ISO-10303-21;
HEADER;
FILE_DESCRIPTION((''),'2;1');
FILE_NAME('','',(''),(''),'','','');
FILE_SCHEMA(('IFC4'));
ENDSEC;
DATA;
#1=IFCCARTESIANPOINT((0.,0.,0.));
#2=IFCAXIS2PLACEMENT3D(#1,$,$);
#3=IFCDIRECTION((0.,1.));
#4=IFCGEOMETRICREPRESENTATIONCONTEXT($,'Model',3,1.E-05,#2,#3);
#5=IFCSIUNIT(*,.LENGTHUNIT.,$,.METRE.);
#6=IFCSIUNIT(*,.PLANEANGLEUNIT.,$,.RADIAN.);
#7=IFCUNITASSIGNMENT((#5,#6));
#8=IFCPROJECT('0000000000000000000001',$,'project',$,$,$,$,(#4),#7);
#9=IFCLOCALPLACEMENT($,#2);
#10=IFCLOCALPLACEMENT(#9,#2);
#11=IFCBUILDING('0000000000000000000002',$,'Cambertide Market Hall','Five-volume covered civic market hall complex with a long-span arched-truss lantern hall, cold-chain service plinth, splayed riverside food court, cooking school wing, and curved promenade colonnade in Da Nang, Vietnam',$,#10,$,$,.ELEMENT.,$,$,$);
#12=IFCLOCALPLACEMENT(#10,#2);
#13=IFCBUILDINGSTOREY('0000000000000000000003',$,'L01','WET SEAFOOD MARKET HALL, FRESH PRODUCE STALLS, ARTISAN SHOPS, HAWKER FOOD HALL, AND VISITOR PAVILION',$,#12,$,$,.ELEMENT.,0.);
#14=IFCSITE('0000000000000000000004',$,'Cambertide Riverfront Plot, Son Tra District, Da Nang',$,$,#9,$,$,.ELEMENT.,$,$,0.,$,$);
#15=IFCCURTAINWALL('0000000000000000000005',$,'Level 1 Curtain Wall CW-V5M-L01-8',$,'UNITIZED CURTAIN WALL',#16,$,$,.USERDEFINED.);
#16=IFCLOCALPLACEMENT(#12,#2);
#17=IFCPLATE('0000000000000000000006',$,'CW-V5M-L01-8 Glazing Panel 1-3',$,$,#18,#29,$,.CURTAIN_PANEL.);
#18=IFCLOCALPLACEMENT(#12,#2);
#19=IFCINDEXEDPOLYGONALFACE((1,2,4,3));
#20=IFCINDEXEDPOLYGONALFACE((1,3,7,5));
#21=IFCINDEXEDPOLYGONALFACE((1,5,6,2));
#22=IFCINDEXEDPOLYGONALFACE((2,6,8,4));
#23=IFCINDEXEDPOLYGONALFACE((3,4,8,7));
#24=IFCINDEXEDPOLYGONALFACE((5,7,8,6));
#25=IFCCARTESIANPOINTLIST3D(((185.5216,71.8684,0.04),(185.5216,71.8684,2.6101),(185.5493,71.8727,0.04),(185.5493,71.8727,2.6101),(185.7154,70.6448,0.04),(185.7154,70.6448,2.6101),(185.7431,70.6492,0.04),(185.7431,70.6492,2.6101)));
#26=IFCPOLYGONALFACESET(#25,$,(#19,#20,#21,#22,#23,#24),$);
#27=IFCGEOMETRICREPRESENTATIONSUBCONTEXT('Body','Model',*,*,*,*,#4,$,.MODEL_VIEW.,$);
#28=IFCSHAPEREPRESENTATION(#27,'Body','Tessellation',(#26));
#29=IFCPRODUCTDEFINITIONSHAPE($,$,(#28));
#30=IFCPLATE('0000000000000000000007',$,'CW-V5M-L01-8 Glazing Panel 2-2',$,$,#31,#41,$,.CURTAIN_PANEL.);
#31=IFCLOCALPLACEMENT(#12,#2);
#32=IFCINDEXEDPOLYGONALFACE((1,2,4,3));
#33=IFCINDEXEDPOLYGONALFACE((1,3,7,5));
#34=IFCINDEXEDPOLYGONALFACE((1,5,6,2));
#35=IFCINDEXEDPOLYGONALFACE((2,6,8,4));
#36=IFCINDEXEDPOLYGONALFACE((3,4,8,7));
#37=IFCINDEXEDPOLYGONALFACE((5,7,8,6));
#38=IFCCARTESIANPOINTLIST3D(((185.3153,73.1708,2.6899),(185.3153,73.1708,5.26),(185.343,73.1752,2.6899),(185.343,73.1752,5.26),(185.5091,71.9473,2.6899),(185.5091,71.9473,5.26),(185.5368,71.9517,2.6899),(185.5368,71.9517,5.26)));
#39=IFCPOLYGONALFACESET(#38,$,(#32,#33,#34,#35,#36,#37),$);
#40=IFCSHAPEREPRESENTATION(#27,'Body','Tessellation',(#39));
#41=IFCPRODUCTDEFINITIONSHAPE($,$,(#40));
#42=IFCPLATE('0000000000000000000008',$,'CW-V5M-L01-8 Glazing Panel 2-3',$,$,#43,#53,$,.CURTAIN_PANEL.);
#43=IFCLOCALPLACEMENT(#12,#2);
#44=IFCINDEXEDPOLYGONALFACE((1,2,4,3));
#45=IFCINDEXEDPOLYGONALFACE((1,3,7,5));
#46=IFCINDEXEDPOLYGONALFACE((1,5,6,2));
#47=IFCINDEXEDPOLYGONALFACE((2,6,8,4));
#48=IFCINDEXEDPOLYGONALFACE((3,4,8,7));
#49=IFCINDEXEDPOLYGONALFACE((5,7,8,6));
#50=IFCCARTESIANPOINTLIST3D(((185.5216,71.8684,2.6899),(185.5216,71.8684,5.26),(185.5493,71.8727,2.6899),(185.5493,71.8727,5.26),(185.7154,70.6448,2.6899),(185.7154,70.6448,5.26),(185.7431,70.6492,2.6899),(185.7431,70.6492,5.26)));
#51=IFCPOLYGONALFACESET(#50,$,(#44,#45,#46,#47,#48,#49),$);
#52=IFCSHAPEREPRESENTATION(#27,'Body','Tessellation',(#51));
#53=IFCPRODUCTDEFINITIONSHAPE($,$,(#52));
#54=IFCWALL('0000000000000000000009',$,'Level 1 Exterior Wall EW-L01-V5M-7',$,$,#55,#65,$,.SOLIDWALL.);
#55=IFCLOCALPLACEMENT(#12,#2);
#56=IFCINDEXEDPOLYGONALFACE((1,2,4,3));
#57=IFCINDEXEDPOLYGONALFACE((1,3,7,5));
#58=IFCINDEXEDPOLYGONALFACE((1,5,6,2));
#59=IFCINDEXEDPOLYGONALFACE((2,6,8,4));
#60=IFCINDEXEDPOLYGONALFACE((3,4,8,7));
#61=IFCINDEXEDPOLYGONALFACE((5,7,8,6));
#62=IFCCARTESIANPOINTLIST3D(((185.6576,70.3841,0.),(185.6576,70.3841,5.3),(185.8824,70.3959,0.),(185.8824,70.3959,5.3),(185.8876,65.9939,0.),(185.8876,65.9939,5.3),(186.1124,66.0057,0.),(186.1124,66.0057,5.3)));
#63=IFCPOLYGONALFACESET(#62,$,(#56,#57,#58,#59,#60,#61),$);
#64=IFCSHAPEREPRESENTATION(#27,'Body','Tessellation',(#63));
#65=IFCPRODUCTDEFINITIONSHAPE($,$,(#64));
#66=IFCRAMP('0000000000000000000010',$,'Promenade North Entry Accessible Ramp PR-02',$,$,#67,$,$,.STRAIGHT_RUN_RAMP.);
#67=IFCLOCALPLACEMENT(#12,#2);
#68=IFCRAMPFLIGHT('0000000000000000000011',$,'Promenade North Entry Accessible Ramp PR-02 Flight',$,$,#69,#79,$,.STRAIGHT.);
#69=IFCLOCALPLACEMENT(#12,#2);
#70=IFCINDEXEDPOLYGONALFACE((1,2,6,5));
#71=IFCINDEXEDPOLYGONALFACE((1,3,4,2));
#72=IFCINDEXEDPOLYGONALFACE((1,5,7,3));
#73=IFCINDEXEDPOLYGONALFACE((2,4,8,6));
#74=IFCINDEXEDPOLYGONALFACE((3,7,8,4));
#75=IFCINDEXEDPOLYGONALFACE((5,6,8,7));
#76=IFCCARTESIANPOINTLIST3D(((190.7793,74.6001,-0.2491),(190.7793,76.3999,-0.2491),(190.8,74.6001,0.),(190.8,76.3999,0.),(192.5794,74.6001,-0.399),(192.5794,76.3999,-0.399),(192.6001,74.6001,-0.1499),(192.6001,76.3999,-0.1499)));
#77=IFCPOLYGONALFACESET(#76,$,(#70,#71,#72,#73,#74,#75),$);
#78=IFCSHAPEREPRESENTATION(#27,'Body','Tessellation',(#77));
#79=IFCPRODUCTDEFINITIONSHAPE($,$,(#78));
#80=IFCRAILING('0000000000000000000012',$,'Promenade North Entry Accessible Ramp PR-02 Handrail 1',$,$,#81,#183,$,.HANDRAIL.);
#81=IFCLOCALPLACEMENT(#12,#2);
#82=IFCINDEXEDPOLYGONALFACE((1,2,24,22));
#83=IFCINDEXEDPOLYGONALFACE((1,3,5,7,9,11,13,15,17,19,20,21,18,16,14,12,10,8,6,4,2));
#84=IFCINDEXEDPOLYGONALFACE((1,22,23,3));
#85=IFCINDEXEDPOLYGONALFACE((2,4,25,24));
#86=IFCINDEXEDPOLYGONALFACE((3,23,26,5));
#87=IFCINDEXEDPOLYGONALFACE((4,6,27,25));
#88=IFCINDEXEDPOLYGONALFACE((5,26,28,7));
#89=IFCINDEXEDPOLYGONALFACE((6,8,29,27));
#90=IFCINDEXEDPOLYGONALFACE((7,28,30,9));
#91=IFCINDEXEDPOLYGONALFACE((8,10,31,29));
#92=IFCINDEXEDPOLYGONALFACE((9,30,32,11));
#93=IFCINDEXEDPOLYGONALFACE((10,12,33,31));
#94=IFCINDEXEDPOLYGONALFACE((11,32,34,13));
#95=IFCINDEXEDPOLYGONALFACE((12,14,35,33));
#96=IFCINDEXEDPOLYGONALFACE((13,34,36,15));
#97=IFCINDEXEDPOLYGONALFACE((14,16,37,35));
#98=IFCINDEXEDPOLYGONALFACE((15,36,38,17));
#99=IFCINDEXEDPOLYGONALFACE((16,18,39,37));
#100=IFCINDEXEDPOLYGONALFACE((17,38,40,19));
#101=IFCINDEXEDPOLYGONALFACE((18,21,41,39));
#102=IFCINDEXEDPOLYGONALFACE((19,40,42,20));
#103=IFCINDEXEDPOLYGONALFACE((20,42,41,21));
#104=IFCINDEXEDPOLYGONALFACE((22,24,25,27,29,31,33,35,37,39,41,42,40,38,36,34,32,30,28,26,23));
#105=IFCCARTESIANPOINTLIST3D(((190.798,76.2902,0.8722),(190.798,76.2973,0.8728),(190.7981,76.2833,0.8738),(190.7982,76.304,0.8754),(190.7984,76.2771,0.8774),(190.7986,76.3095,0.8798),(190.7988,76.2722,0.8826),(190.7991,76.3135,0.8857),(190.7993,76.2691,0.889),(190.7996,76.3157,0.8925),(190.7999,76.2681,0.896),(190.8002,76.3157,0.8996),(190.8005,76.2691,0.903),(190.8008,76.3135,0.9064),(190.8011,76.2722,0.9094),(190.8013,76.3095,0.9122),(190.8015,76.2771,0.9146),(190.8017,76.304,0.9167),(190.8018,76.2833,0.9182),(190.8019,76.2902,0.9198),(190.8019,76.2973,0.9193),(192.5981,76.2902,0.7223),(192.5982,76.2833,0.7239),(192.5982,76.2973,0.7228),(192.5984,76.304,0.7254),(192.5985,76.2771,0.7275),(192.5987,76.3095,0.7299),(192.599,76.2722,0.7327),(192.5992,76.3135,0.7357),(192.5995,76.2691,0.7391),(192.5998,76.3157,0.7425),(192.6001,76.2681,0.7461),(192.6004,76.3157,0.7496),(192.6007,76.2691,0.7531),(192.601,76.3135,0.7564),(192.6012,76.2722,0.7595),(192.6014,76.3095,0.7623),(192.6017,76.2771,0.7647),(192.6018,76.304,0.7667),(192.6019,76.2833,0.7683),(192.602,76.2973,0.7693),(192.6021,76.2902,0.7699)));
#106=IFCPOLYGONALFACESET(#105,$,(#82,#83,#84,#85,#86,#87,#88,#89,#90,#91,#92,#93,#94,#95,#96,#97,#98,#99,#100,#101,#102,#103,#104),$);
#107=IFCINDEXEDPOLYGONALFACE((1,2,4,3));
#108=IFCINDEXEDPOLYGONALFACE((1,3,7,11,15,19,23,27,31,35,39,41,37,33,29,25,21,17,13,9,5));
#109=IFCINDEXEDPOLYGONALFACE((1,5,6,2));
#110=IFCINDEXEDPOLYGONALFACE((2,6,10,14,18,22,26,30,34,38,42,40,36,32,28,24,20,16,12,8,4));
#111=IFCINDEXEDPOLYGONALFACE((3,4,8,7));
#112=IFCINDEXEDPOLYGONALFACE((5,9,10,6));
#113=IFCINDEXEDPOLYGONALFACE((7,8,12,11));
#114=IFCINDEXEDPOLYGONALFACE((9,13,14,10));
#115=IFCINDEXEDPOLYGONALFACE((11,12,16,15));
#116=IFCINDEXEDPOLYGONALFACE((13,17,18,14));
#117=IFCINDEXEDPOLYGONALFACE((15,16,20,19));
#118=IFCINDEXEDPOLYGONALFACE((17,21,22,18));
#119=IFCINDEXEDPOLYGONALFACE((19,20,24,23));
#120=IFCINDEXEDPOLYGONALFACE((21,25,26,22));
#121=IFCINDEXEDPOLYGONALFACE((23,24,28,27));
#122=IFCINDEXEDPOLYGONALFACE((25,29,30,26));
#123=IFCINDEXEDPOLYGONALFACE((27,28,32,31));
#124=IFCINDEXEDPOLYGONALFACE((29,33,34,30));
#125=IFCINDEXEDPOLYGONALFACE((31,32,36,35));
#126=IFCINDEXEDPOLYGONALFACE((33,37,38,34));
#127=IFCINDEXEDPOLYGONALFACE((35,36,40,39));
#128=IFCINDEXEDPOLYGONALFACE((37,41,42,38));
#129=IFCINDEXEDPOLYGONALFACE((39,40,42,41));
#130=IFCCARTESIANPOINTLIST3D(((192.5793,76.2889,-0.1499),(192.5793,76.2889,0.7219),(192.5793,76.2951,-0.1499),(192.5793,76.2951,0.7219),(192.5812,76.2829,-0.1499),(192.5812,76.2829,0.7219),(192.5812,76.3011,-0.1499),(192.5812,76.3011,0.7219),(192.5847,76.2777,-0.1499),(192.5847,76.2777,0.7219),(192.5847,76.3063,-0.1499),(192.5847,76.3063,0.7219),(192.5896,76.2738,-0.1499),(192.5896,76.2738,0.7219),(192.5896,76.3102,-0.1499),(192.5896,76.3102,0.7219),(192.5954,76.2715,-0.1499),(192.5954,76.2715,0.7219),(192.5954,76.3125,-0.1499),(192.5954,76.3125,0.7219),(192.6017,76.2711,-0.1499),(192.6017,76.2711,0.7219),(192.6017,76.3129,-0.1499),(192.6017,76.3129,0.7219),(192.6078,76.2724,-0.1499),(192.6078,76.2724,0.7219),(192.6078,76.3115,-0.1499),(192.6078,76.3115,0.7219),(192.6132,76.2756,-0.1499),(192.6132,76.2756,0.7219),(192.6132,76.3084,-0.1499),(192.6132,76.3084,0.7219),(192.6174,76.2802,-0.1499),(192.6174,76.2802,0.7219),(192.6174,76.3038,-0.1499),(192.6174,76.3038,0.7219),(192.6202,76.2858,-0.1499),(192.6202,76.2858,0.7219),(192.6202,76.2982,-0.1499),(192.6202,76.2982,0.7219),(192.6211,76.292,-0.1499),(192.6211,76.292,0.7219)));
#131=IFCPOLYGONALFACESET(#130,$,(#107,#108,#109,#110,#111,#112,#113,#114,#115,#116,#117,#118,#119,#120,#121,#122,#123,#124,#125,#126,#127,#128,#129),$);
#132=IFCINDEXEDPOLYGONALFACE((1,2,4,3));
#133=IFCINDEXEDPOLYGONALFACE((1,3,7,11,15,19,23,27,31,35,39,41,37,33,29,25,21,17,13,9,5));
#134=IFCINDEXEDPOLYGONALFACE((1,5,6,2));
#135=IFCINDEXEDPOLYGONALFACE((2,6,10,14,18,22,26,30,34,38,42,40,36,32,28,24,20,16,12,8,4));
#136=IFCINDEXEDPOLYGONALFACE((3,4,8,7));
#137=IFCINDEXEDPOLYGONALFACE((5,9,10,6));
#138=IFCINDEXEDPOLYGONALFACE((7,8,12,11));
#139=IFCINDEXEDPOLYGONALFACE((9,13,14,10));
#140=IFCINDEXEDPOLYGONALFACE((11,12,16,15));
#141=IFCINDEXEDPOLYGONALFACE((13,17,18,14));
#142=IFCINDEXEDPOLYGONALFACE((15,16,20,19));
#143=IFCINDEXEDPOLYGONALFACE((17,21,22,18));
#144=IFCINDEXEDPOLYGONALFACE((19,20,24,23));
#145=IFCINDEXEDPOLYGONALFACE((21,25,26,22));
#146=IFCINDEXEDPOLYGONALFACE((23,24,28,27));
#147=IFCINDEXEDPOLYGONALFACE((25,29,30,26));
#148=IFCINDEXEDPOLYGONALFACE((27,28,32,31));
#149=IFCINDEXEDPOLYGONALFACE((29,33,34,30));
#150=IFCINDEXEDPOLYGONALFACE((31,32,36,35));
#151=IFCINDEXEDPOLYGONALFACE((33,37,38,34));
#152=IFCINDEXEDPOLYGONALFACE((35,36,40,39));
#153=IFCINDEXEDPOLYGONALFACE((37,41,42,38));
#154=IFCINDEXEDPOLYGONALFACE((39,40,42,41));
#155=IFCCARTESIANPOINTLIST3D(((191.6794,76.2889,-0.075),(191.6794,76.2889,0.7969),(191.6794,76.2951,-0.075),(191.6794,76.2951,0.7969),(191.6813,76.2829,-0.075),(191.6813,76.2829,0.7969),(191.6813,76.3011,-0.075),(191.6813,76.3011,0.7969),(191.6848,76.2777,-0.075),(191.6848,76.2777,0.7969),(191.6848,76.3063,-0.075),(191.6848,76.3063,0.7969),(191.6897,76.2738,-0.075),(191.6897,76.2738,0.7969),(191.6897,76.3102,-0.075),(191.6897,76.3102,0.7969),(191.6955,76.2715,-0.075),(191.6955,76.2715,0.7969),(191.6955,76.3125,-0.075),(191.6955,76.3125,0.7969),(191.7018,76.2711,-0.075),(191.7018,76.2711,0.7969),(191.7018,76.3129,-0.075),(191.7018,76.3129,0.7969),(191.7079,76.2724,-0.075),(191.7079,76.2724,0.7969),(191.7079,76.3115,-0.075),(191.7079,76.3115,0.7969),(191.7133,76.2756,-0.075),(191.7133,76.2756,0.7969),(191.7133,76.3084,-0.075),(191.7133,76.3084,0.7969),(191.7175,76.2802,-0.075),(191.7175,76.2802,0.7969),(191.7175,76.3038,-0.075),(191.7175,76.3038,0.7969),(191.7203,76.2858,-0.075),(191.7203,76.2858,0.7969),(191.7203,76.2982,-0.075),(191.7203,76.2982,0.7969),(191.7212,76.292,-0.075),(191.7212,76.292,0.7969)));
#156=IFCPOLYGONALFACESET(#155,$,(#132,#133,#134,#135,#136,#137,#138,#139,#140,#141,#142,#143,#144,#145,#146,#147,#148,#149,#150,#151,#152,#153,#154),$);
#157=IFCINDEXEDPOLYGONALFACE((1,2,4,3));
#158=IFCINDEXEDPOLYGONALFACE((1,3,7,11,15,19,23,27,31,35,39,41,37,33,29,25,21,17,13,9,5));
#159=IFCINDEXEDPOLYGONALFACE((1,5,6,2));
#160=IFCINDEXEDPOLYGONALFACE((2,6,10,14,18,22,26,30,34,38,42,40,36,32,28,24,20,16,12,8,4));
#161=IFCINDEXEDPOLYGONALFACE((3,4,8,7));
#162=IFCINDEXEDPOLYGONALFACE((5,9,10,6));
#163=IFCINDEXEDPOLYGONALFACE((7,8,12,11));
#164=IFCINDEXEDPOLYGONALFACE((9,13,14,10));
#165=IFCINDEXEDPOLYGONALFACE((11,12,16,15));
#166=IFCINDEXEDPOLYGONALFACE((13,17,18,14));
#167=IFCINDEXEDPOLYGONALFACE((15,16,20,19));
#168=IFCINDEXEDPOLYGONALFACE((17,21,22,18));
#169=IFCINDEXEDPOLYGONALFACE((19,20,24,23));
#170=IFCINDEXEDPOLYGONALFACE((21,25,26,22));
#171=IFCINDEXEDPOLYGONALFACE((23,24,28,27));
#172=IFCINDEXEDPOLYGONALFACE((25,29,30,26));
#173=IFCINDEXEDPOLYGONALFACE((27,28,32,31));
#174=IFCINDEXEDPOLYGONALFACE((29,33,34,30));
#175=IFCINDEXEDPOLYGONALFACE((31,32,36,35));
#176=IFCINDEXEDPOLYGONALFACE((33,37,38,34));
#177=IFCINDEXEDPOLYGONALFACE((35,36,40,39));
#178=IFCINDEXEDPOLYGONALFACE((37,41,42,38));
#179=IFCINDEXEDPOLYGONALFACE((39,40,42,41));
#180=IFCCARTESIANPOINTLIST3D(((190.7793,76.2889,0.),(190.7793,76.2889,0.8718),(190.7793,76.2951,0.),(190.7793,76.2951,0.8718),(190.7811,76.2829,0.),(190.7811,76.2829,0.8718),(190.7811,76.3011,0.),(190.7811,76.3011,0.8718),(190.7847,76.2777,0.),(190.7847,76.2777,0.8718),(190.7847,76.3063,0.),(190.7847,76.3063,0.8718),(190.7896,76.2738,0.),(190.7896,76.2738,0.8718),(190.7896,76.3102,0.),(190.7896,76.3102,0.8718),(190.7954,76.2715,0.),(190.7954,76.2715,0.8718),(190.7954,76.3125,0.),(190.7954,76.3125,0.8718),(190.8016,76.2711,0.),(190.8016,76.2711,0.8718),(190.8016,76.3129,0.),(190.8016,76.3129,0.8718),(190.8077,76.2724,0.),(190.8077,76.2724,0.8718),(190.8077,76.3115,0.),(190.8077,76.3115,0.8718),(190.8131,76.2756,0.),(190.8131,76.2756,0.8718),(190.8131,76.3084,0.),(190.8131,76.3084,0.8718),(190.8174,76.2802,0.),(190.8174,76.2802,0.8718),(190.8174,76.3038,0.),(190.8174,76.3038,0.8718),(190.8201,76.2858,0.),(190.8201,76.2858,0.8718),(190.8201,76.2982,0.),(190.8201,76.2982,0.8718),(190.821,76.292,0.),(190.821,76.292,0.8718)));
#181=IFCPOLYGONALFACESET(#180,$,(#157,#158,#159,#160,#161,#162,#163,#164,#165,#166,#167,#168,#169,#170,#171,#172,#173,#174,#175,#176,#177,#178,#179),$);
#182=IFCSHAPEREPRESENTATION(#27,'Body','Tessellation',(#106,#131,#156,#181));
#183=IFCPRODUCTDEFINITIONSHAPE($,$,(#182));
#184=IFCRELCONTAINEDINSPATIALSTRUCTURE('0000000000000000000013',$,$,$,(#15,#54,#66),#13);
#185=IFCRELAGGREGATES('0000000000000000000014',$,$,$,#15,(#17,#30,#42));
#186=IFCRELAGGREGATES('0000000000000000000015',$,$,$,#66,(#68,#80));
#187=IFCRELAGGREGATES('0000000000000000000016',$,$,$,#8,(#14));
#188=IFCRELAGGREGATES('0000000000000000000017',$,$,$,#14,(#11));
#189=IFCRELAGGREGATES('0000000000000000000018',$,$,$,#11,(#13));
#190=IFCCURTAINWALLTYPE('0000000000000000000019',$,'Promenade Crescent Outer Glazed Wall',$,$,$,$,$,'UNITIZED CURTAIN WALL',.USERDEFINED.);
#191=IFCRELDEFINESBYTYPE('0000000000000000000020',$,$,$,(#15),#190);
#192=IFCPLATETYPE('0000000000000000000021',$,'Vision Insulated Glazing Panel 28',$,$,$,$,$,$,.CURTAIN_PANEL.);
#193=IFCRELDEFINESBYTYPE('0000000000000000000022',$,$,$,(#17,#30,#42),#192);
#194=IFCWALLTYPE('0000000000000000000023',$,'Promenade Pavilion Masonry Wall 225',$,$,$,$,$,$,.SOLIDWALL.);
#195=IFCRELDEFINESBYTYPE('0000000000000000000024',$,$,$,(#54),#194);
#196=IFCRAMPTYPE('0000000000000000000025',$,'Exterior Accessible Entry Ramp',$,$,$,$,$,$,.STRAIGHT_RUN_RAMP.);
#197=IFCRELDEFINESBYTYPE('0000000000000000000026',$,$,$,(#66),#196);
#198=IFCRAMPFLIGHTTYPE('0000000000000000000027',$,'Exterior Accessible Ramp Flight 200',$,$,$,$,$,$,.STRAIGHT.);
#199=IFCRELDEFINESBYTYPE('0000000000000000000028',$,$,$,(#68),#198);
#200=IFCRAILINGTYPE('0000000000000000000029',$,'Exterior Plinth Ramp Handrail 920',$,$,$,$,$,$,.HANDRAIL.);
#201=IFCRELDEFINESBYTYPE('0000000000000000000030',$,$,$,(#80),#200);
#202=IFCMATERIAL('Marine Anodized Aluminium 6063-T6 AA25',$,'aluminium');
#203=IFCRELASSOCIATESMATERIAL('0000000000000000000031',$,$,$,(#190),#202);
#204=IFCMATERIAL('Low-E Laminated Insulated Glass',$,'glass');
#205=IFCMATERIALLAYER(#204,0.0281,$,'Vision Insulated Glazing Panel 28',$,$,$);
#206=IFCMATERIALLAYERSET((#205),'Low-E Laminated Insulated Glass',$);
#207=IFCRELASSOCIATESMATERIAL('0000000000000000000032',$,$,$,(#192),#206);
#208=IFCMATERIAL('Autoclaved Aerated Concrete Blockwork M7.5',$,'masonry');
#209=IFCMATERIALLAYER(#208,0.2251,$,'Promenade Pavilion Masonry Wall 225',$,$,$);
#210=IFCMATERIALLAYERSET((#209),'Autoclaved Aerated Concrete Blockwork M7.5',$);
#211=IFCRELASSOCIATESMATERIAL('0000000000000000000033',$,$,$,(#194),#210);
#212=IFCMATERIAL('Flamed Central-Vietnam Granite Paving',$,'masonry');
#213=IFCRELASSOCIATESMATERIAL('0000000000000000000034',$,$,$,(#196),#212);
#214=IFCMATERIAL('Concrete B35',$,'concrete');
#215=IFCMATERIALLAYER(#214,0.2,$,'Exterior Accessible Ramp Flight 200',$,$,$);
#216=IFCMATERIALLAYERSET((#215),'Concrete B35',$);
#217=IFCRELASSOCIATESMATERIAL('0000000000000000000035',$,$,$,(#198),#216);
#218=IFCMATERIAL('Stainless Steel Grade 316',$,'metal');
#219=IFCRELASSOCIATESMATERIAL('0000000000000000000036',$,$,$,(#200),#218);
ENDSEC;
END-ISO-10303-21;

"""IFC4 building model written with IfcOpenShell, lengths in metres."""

from ifc_helpers import new_model, si_unit, direction, frame, frame_2d, origin, origin_2d, place, context, subcontext, project, spatial, polyline, rectangle, circle, outline, extrude, material, layer, layer_set, type_object, element, aggregate, save


model = new_model("IFC4")

# Units and contexts
model_context = context("Model", 3, precision=1e-05, world=origin(), true_north=direction((0.0, 1.0)))
body_context = subcontext(model_context, "Body", "Model", "MODEL_VIEW")
ifc_project = project(units=[si_unit("LENGTHUNIT", "METRE"), si_unit("PLANEANGLEUNIT", "RADIAN")], contexts=[model_context])

# Site, building, storey
site_placement = place(None, origin())
site = spatial("IfcSite", under=ifc_project, at=site_placement, Name="Cambertide Riverfront Plot, Son Tra District, Da Nang", CompositionType="ELEMENT", RefElevation=0.0)
building_placement = place(site_placement, origin())
building = spatial("IfcBuilding", under=site, at=building_placement, Name="Cambertide Market Hall", Description="Five-volume covered civic market hall complex with a long-span arched-truss lantern hall, cold-chain service plinth, splayed riverside food court, cooking school wing, and curved promenade colonnade in Da Nang, Vietnam", CompositionType="ELEMENT")
storey_placement = place(building_placement, origin())
storey = spatial("IfcBuildingStorey", under=building, at=storey_placement, Name="L01", Description="WET SEAFOOD MARKET HALL, FRESH PRODUCE STALLS, ARTISAN SHOPS, HAWKER FOOD HALL, AND VISITOR PAVILION", CompositionType="ELEMENT", Elevation=0.0)

# Curtain wall
ifc_material_1 = material(Name="Marine Anodized Aluminium 6063-T6 AA25", Category="aluminium")
curtain_wall_type = type_object("IfcCurtainWallType", Name="Promenade Crescent Outer Glazed Wall", ElementType="UNITIZED CURTAIN WALL", PredefinedType="USERDEFINED", material=ifc_material_1)
curtain_wall_placement = place(storey_placement, origin())
curtain_wall = element("IfcCurtainWall", 1, at=curtain_wall_placement, inside=storey, type_object=curtain_wall_type, Name="Level 1 Curtain Wall CW-V5M-L01-8", ObjectType="UNITIZED CURTAIN WALL", PredefinedType="USERDEFINED")

# Plates
ifc_material_2 = material(Name="Low-E Laminated Insulated Glass", Category="glass")
ifc_layer_1 = layer(ifc_material_2, 0.0281, Name="Vision Insulated Glazing Panel 28")
ifc_layer_set_1 = layer_set([ifc_layer_1], Name="Low-E Laminated Insulated Glass")
plate_type_1 = type_object("IfcPlateType", Name="Vision Insulated Glazing Panel 28", PredefinedType="CURTAIN_PANEL", material=ifc_layer_set_1)
plate_1_placement = place(storey_placement, frame((185.6323, 71.2588, 0.04), z_axis=(0.0, 0.0, 1.0), x_axis=(0.156435, -0.987688, 0.0)))
plate_1 = element("IfcPlate", 2, at=plate_1_placement, type_object=plate_type_1, Name="CW-V5M-L01-8 Glazing Panel 1-3", PredefinedType="CURTAIN_PANEL", context=body_context, shape_type="SweptSolid", body=[
    extrude(rectangle(XDim=1.2388, YDim=0.0281, at=origin_2d()), origin(), (0.0, 0.0, 1.0), 2.5701),
])
plate_2_placement = place(storey_placement, frame((185.426, 72.5613, 2.6899), z_axis=(0.0, 0.0, 1.0), x_axis=(0.156435, -0.987688, 0.0)))
plate_2 = element("IfcPlate", 3, at=plate_2_placement, type_object=plate_type_1, Name="CW-V5M-L01-8 Glazing Panel 2-2", PredefinedType="CURTAIN_PANEL", context=body_context, shape_type="SweptSolid", body=[
    extrude(rectangle(XDim=1.2388, YDim=0.0281, at=origin_2d()), origin(), (0.0, 0.0, 1.0), 2.5701),
])
plate_3_placement = place(storey_placement, frame((185.6323, 71.2588, 2.6899), z_axis=(0.0, 0.0, 1.0), x_axis=(0.156435, -0.987688, 0.0)))
plate_3 = element("IfcPlate", 4, at=plate_3_placement, type_object=plate_type_1, Name="CW-V5M-L01-8 Glazing Panel 2-3", PredefinedType="CURTAIN_PANEL", context=body_context, shape_type="SweptSolid", body=[
    extrude(rectangle(XDim=1.2388, YDim=0.0281, at=origin_2d()), origin(), (0.0, 0.0, 1.0), 2.5701),
])
aggregate(curtain_wall, [plate_1, plate_2, plate_3])

# Wall
ifc_material_3 = material(Name="Autoclaved Aerated Concrete Blockwork M7.5", Category="masonry")
ifc_layer_2 = layer(ifc_material_3, 0.2251, Name="Promenade Pavilion Masonry Wall 225")
ifc_layer_set_2 = layer_set([ifc_layer_2], Name="Autoclaved Aerated Concrete Blockwork M7.5")
wall_type = type_object("IfcWallType", Name="Promenade Pavilion Masonry Wall 225", PredefinedType="SOLIDWALL", material=ifc_layer_set_2)
wall_placement = place(storey_placement, frame((185.77, 70.3901, 0.0), z_axis=(0.0, 0.0, 1.0), x_axis=(0.052314, -0.998631, 0.0)))
element("IfcWall", 5, at=wall_placement, inside=storey, type_object=wall_type, Name="Level 1 Exterior Wall EW-L01-V5M-7", PredefinedType="SOLIDWALL", context=body_context, shape_type="SweptSolid", body=[
    extrude(rectangle(XDim=4.3962, YDim=0.2251, at=frame_2d((2.1982, 0.0))), origin(), (0.0, 0.0, 1.0), 5.3),
])

# Ramp, ramp flight, railing
ifc_material_4 = material(Name="Flamed Central-Vietnam Granite Paving", Category="masonry")
ramp_type = type_object("IfcRampType", Name="Exterior Accessible Entry Ramp", PredefinedType="STRAIGHT_RUN_RAMP", material=ifc_material_4)
ramp_placement = place(storey_placement, origin())
ramp = element("IfcRamp", 6, at=ramp_placement, inside=storey, type_object=ramp_type, Name="Promenade North Entry Accessible Ramp PR-02", PredefinedType="STRAIGHT_RUN_RAMP")
ifc_material_5 = material(Name="Concrete B35", Category="concrete")
ifc_layer_3 = layer(ifc_material_5, 0.2, Name="Exterior Accessible Ramp Flight 200")
ifc_layer_set_3 = layer_set([ifc_layer_3], Name="Concrete B35")
ramp_flight_type = type_object("IfcRampFlightType", Name="Exterior Accessible Ramp Flight 200", PredefinedType="STRAIGHT", material=ifc_layer_set_3)
ramp_flight_placement = place(storey_placement, frame((192.6001, 76.3999, -0.1499), z_axis=(0.08299, 0.0, 0.99655), x_axis=(-0.99655, 0.0, 0.08299)))
ramp_flight = element("IfcRampFlight", 7, at=ramp_flight_placement, type_object=ramp_flight_type, Name="Promenade North Entry Accessible Ramp PR-02 Flight", PredefinedType="STRAIGHT", context=body_context, shape_type="SweptSolid", body=[
    extrude(outline(polyline([(0.0, 0.0), (1.8063, 0.0), (1.8063, 1.7998), (0.0, 1.7998), (0.0, 0.0)])), origin(), (0.0, 0.0, -1.0), 0.25),
])
ifc_material_6 = material(Name="Stainless Steel Grade 316", Category="metal")
railing_type = type_object("IfcRailingType", Name="Exterior Plinth Ramp Handrail 920", PredefinedType="HANDRAIL", material=ifc_material_6)
railing_1_placement = place(storey_placement, frame((192.6001, 76.292, -0.1499)))
railing_1 = element("IfcRailing", 8, at=railing_1_placement, type_object=railing_type, Name="Promenade North Entry Accessible Ramp PR-02 Handrail 1", PredefinedType="HANDRAIL", context=body_context, shape_type="SweptSolid", body=[
    extrude(circle(Radius=0.0239, at=origin_2d()), frame((0.0, 0.0, 0.896), z_axis=(-0.99655, 0.0, 0.08299), x_axis=(0.0, -1.0, 0.0)), (0.0, 0.0, 1.0), 1.8064),
    extrude(circle(Radius=0.021, at=origin_2d()), origin(), (0.0, 0.0, 1.0), 0.8718),
    extrude(circle(Radius=0.021, at=origin_2d()), frame((-0.8999, 0.0, 0.075)), (0.0, 0.0, 1.0), 0.8718),
    extrude(circle(Radius=0.021, at=origin_2d()), frame((-1.8, 0.0, 0.1499)), (0.0, 0.0, 1.0), 0.8718),
])
aggregate(ramp, [ramp_flight, railing_1])

save(model, "model.ifc")
